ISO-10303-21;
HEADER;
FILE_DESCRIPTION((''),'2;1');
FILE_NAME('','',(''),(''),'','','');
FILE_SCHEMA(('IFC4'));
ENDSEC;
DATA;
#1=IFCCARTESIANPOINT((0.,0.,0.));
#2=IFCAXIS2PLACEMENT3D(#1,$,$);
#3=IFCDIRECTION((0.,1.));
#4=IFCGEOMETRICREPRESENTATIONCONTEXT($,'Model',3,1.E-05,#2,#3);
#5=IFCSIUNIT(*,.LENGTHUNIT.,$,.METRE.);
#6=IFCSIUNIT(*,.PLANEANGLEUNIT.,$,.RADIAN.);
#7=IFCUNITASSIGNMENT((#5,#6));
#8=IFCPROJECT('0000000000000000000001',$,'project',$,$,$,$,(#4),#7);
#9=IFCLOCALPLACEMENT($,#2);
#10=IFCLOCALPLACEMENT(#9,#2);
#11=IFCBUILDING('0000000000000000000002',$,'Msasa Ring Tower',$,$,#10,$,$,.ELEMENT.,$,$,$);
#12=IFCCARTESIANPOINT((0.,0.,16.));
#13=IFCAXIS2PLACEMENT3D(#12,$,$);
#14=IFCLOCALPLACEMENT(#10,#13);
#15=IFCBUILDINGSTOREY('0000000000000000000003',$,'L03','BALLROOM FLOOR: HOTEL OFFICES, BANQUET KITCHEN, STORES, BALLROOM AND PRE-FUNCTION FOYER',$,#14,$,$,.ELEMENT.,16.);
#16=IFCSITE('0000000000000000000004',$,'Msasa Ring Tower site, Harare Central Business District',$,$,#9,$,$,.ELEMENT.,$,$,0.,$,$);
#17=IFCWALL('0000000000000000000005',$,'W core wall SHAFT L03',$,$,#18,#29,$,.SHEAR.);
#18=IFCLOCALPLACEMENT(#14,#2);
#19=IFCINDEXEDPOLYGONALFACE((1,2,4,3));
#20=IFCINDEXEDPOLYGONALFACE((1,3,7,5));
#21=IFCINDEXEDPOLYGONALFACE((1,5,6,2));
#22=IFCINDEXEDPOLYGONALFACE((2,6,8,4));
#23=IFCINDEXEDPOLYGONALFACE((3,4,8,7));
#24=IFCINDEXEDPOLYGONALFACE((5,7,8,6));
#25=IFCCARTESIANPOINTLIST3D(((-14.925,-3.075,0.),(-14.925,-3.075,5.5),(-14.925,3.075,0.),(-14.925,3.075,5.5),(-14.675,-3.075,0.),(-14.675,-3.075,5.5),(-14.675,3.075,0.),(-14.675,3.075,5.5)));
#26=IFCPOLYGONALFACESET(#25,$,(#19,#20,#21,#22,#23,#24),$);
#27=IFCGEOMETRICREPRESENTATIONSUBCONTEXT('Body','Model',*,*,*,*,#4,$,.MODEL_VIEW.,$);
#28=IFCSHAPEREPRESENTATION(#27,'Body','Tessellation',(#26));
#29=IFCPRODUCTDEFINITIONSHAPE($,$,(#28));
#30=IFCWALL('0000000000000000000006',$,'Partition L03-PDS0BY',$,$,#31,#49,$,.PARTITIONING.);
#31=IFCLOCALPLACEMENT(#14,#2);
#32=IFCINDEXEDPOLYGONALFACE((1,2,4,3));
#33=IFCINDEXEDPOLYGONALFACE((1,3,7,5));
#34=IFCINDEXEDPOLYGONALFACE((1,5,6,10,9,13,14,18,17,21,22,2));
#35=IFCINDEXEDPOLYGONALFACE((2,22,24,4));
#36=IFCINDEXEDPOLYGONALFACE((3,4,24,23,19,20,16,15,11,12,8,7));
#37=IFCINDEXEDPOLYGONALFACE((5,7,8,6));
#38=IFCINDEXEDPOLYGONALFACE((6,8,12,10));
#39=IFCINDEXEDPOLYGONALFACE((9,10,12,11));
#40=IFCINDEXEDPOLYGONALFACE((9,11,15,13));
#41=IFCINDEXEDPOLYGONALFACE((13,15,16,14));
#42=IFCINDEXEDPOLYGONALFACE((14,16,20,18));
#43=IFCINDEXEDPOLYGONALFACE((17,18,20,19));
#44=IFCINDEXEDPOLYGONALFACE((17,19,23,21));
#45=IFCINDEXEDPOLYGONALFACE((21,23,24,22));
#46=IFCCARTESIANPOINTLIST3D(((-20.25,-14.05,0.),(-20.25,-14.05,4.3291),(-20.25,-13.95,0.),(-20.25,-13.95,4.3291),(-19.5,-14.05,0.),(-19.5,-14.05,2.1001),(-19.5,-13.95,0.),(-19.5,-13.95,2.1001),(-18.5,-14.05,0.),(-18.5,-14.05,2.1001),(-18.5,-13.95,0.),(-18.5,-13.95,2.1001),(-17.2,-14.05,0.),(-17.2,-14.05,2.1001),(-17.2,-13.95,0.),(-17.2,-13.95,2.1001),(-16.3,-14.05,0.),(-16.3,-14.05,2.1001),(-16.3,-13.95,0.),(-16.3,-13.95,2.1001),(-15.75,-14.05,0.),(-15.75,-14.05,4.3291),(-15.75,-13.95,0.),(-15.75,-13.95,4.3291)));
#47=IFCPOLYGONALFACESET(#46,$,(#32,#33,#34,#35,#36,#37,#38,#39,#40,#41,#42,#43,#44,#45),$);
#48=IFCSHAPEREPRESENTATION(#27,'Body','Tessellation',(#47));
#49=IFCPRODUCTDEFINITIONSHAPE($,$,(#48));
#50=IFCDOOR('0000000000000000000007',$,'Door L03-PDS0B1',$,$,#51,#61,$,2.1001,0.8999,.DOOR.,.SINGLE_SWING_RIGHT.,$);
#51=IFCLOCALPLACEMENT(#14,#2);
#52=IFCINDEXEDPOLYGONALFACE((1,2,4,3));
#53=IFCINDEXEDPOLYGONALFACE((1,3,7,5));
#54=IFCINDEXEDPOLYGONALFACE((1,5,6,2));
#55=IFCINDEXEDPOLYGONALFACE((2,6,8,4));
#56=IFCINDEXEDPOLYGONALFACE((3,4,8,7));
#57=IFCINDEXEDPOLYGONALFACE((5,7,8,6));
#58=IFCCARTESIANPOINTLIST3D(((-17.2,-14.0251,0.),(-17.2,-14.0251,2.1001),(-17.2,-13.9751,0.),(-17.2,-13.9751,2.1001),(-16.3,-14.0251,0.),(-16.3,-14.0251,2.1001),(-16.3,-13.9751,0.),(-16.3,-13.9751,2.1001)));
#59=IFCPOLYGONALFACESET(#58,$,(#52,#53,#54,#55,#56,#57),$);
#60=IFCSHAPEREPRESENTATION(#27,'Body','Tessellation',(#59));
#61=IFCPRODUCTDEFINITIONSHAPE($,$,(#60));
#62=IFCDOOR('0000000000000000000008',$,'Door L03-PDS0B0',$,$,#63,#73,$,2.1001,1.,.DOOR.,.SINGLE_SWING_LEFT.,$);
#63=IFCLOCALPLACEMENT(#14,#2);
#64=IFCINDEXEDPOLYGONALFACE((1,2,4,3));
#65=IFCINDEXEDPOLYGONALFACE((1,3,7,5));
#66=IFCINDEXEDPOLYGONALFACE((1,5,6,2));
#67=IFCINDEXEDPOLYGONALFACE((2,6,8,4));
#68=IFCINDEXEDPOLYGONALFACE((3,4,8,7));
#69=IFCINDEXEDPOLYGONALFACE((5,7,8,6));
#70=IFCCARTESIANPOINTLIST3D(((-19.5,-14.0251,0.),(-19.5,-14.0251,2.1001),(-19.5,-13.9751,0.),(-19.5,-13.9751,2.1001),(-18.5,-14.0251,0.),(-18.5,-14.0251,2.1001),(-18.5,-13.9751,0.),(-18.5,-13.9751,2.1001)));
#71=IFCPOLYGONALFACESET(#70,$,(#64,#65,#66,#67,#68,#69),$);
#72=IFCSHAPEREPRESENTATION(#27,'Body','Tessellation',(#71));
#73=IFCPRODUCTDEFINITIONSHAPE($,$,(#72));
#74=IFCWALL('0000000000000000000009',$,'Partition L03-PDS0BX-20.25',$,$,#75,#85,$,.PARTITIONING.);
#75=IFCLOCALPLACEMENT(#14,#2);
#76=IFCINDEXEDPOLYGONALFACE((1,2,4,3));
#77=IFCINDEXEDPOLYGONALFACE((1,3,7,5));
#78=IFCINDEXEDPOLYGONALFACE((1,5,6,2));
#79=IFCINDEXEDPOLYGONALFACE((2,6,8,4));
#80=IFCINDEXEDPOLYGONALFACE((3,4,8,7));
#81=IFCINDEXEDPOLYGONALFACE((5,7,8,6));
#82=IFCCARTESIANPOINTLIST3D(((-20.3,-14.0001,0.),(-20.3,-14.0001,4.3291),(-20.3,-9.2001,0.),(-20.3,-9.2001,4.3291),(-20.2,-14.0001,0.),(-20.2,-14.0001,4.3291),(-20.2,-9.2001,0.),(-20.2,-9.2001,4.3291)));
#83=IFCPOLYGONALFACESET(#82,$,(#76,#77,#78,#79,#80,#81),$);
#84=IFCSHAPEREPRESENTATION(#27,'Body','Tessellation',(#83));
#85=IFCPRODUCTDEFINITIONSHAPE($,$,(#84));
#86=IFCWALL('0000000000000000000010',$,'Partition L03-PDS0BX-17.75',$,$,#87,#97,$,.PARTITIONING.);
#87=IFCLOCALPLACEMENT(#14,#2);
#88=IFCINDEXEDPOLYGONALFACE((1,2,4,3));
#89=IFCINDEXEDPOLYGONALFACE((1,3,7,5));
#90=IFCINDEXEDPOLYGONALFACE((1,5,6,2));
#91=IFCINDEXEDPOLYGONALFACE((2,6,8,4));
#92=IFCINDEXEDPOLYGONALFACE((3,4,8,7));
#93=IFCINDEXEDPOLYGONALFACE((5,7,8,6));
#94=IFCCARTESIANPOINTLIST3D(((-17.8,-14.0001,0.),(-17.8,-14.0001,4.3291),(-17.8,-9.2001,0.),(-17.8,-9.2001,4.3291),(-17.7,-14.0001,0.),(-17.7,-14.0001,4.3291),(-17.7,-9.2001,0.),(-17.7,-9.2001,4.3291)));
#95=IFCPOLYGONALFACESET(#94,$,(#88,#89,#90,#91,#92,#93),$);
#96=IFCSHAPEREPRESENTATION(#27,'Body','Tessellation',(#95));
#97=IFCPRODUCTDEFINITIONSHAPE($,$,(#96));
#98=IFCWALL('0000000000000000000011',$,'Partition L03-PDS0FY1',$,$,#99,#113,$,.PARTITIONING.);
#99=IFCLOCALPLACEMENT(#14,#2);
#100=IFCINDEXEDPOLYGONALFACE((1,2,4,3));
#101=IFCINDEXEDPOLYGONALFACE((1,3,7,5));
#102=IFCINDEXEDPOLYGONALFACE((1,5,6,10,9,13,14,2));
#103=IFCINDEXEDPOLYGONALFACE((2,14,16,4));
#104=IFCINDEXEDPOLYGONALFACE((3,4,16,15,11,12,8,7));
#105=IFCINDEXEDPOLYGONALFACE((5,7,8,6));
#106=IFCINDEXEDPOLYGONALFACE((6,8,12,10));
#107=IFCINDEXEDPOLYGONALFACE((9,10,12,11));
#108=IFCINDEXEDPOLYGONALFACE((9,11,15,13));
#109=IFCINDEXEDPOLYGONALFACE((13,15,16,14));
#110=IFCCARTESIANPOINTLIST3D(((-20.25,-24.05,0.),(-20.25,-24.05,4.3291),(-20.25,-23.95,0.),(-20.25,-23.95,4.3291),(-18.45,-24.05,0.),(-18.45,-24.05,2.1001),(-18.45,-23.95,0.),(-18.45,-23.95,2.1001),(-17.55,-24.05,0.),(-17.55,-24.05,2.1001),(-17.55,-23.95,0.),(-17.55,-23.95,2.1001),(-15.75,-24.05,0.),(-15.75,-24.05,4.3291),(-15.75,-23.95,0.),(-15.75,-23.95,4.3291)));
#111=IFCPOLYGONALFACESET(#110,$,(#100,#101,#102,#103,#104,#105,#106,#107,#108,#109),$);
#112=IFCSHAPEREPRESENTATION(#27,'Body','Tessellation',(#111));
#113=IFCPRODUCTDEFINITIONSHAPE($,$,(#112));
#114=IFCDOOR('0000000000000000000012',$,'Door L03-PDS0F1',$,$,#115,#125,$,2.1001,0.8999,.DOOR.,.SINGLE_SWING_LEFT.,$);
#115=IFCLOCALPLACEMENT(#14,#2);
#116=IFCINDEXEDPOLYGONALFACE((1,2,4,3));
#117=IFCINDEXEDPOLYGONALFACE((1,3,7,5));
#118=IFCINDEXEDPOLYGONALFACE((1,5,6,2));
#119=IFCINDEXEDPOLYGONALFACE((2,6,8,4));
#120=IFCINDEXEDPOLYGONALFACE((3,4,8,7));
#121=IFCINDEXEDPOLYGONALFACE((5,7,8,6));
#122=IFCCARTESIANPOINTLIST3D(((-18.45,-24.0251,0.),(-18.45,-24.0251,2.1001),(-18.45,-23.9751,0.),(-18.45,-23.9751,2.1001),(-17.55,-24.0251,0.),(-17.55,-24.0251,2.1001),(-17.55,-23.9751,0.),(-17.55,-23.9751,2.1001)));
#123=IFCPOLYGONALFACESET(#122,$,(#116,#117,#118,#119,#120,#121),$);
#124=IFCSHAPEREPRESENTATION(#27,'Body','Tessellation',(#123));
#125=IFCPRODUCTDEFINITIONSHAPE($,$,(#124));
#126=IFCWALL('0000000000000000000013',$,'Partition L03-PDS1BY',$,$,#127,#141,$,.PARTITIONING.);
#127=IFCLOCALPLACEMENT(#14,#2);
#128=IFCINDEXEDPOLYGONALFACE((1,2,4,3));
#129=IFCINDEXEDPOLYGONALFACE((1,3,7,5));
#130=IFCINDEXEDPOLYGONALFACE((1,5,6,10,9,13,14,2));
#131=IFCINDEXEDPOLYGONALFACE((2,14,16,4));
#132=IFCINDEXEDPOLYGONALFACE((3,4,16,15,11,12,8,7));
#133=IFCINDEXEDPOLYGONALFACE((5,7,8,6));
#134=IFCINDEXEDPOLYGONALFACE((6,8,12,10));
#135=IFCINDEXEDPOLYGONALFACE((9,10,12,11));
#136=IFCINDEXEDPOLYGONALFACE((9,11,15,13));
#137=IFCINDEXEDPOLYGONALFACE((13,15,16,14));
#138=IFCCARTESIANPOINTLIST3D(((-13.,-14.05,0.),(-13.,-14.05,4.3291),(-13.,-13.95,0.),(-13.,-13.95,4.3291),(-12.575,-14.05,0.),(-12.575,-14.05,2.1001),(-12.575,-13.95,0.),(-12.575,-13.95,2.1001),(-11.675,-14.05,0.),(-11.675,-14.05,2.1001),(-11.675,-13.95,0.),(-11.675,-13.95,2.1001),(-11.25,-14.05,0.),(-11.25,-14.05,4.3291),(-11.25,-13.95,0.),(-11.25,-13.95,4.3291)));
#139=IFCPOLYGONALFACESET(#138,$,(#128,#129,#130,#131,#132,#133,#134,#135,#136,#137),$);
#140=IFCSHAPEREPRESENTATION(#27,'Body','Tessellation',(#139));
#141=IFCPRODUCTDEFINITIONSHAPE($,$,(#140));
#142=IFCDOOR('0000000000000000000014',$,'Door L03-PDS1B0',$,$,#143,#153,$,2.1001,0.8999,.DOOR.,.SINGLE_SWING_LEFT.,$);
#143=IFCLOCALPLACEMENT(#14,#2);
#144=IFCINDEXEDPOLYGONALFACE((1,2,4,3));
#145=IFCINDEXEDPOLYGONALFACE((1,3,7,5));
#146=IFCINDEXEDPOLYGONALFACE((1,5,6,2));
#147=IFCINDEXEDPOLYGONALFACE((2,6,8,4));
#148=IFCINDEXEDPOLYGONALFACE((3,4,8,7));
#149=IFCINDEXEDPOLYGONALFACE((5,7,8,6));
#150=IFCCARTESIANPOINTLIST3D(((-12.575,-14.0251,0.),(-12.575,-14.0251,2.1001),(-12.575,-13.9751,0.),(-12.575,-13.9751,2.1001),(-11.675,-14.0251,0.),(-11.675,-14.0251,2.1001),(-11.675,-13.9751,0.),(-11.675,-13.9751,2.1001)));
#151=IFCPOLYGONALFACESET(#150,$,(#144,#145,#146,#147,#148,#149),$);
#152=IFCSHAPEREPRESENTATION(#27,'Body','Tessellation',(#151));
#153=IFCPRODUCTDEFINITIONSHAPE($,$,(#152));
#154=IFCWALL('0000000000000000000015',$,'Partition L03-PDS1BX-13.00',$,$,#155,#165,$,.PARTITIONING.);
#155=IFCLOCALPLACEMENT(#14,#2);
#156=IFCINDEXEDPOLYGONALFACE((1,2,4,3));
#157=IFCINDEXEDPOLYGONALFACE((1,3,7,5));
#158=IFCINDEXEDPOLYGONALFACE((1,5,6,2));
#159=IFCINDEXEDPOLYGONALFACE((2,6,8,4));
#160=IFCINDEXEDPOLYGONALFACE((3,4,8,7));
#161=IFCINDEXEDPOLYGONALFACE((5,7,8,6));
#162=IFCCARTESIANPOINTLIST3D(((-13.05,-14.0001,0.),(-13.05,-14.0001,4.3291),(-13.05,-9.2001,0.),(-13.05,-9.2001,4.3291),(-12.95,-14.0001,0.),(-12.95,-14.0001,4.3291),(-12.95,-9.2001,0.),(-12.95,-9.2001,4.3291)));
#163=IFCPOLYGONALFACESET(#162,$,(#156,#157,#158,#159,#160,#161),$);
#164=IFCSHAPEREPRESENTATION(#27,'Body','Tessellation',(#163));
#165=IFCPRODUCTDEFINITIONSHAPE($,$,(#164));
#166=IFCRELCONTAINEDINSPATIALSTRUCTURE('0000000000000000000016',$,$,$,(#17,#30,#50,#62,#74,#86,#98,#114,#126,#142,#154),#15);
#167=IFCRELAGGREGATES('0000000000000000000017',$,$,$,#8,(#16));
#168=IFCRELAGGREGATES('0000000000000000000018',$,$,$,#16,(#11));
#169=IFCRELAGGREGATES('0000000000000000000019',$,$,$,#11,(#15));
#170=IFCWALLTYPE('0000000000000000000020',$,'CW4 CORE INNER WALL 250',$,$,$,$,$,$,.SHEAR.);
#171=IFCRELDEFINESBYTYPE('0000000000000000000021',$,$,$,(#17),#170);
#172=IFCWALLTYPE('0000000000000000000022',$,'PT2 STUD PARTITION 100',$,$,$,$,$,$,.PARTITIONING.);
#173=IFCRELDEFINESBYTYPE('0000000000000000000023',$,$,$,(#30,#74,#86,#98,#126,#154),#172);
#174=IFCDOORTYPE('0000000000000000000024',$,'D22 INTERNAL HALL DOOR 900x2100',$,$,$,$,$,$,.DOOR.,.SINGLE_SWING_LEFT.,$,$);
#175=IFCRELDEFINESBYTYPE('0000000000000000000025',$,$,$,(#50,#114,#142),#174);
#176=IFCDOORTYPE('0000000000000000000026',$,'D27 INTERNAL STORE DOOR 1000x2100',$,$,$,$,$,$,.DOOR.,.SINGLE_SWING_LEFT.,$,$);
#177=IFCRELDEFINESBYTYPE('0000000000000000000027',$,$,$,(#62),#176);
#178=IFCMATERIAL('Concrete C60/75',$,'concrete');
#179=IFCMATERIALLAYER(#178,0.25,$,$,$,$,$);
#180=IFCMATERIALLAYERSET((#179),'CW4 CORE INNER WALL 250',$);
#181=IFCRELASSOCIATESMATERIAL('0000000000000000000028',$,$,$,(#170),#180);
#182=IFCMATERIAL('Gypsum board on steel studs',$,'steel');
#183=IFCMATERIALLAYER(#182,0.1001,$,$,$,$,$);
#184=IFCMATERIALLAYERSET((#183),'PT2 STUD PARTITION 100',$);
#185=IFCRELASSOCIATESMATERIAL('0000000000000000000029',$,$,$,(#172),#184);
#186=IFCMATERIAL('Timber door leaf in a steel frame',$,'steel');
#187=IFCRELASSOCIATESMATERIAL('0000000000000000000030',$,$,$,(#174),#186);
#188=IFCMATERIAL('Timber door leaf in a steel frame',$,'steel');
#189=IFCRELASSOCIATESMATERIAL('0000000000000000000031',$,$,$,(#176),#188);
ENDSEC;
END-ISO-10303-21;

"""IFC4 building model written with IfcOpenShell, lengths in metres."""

from ifc_helpers import new_model, si_unit, direction, frame, frame_2d, origin, place, context, subcontext, project, spatial, rectangle, extrude, material, layer, layer_set, type_object, element, fill, save


model = new_model("IFC4")

# Units and contexts
model_context = context("Model", 3, precision=1e-05, world=origin(), true_north=direction((0.0, 1.0)))
body_context = subcontext(model_context, "Body", "Model", "MODEL_VIEW")
ifc_project = project(units=[si_unit("LENGTHUNIT", "METRE"), si_unit("PLANEANGLEUNIT", "RADIAN")], contexts=[model_context])

# Site, building, storey
site_placement = place(None, origin())
site = spatial("IfcSite", under=ifc_project, at=site_placement, Name="Msasa Ring Tower site, Harare Central Business District", CompositionType="ELEMENT", RefElevation=0.0)
building_placement = place(site_placement, origin())
building = spatial("IfcBuilding", under=site, at=building_placement, Name="Msasa Ring Tower", CompositionType="ELEMENT")
storey_placement = place(building_placement, frame((0.0, 0.0, 16.0)))
storey = spatial("IfcBuildingStorey", under=building, at=storey_placement, Name="L03", Description="BALLROOM FLOOR: HOTEL OFFICES, BANQUET KITCHEN, STORES, BALLROOM AND PRE-FUNCTION FOYER", CompositionType="ELEMENT", Elevation=16.0)

# Shared definitions
ifc_material_1 = material(Name="Concrete C60/75", Category="concrete")
ifc_layer_1 = layer(ifc_material_1, 0.25)
ifc_layer_set_1 = layer_set([ifc_layer_1], Name="CW4 CORE INNER WALL 250")
wall_type_1 = type_object("IfcWallType", Name="CW4 CORE INNER WALL 250", PredefinedType="SHEAR", material=ifc_layer_set_1)

# Wall
wall_1_placement = place(storey_placement, frame((-14.8, -3.075, 0.0), z_axis=(0.0, 0.0, 1.0), x_axis=(0.0, 1.0, 0.0)))
element("IfcWall", 1, at=wall_1_placement, inside=storey, type_object=wall_type_1, Name="W core wall SHAFT L03", PredefinedType="SHEAR", context=body_context, shape_type="SweptSolid", body=[
    extrude(rectangle(XDim=6.1499, YDim=0.25, at=frame_2d((3.075, 0.0))), origin(), (0.0, 0.0, 1.0), 5.5),
])

# Wall, openings, doors
ifc_material_2 = material(Name="Gypsum board on steel studs", Category="steel")
ifc_layer_2 = layer(ifc_material_2, 0.1001)
ifc_layer_set_2 = layer_set([ifc_layer_2], Name="PT2 STUD PARTITION 100")
wall_type_2 = type_object("IfcWallType", Name="PT2 STUD PARTITION 100", PredefinedType="PARTITIONING", material=ifc_layer_set_2)
wall_2_placement = place(storey_placement, frame((-20.25, -14.0, 0.0), z_axis=(0.0, 0.0, 1.0), x_axis=(1.0, 0.0, 0.0)))
wall_2 = element("IfcWall", 2, at=wall_2_placement, inside=storey, type_object=wall_type_2, Name="Partition L03-PDS0BY", PredefinedType="PARTITIONING", context=body_context, shape_type="SweptSolid", body=[
    extrude(rectangle(XDim=4.5, YDim=0.1001, at=frame_2d((2.25, 0.0))), origin(), (0.0, 0.0, 1.0), 4.3291),
])
opening_1_placement = place(wall_2_placement, frame((0.75, 0.0, 0.0)))
opening_1 = element("IfcOpeningElement", 3, at=opening_1_placement, cuts=wall_2, PredefinedType="OPENING", context=body_context, shape_type="SweptSolid", body=[
    extrude(rectangle(XDim=1.0, YDim=2.1001, at=frame_2d((0.5, 1.05))), frame((0.0, 0.0601, 0.0), z_axis=(0.0, -1.0, 0.0), x_axis=(1.0, 0.0, 0.0)), (0.0, 0.0, 1.0), 0.1201),
])
opening_2_placement = place(wall_2_placement, frame((3.05, 0.0, 0.0)))
opening_2 = element("IfcOpeningElement", 4, at=opening_2_placement, cuts=wall_2, PredefinedType="OPENING", context=body_context, shape_type="SweptSolid", body=[
    extrude(rectangle(XDim=0.8999, YDim=2.1001, at=frame_2d((0.45, 1.05))), frame((0.0, 0.0601, 0.0), z_axis=(0.0, -1.0, 0.0), x_axis=(1.0, 0.0, 0.0)), (0.0, 0.0, 1.0), 0.1201),
])
ifc_material_3 = material(Name="Timber door leaf in a steel frame", Category="steel")
door_type_1 = type_object("IfcDoorType", Name="D22 INTERNAL HALL DOOR 900x2100", OperationType="SINGLE_SWING_LEFT", PredefinedType="DOOR", material=ifc_material_3)
door_1_placement = place(opening_2_placement, origin())
door_1 = element("IfcDoor", 5, at=door_1_placement, inside=storey, type_object=door_type_1, Name="Door L03-PDS0B1", OperationType="SINGLE_SWING_RIGHT", OverallHeight=2.1001, OverallWidth=0.8999, PredefinedType="DOOR", context=body_context, shape_type="SweptSolid", body=[
    extrude(rectangle(XDim=0.8999, YDim=2.1001, at=frame_2d((0.45, 1.05))), frame((0.0, 0.0249, 0.0), z_axis=(0.0, -1.0, 0.0), x_axis=(1.0, 0.0, 0.0)), (0.0, 0.0, 1.0), 0.05),
])
fill(opening_2, door_1)
ifc_material_4 = material(Name="Timber door leaf in a steel frame", Category="steel")
door_type_2 = type_object("IfcDoorType", Name="D27 INTERNAL STORE DOOR 1000x2100", OperationType="SINGLE_SWING_LEFT", PredefinedType="DOOR", material=ifc_material_4)
door_2_placement = place(opening_1_placement, origin())
door_2 = element("IfcDoor", 6, at=door_2_placement, inside=storey, type_object=door_type_2, Name="Door L03-PDS0B0", OperationType="SINGLE_SWING_LEFT", OverallHeight=2.1001, OverallWidth=1.0, PredefinedType="DOOR", context=body_context, shape_type="SweptSolid", body=[
    extrude(rectangle(XDim=1.0, YDim=2.1001, at=frame_2d((0.5, 1.05))), frame((0.0, 0.0249, 0.0), z_axis=(0.0, -1.0, 0.0), x_axis=(1.0, 0.0, 0.0)), (0.0, 0.0, 1.0), 0.05),
])
fill(opening_1, door_2)

# Walls
for number, where, z_axis, x_axis, name in (
    (7, (-20.25, -14.0, 0.0), (0.0, 0.0, 1.0), (0.0, 1.0, 0.0), "Partition L03-PDS0BX-20.25"),
    (8, (-17.75, -14.0, 0.0), (0.0, 0.0, 1.0), (0.0, 1.0, 0.0), "Partition L03-PDS0BX-17.75"),
):
    element("IfcWall", number, at=place(storey_placement, frame(where, z_axis=z_axis, x_axis=x_axis)), inside=storey, type_object=wall_type_2, Name=name, PredefinedType="PARTITIONING", context=body_context, shape_type="SweptSolid", body=[
        extrude(rectangle(XDim=4.8, YDim=0.1001, at=frame_2d((2.3999, 0.0))), origin(), (0.0, 0.0, 1.0), 4.3291),
    ])

# Walls, openings, doors
wall_3_placement = place(storey_placement, frame((-20.25, -24.0, 0.0), z_axis=(0.0, 0.0, 1.0), x_axis=(1.0, 0.0, 0.0)))
wall_3 = element("IfcWall", 9, at=wall_3_placement, inside=storey, type_object=wall_type_2, Name="Partition L03-PDS0FY1", PredefinedType="PARTITIONING", context=body_context, shape_type="SweptSolid", body=[
    extrude(rectangle(XDim=4.5, YDim=0.1001, at=frame_2d((2.25, 0.0))), origin(), (0.0, 0.0, 1.0), 4.3291),
])
opening_3_placement = place(wall_3_placement, frame((1.8, 0.0, 0.0)))
opening_3 = element("IfcOpeningElement", 10, at=opening_3_placement, cuts=wall_3, PredefinedType="OPENING", context=body_context, shape_type="SweptSolid", body=[
    extrude(rectangle(XDim=0.8999, YDim=2.1001, at=frame_2d((0.45, 1.05))), frame((0.0, 0.0601, 0.0), z_axis=(0.0, -1.0, 0.0), x_axis=(1.0, 0.0, 0.0)), (0.0, 0.0, 1.0), 0.1201),
])
door_3_placement = place(opening_3_placement, origin())
door_3 = element("IfcDoor", 11, at=door_3_placement, inside=storey, type_object=door_type_1, Name="Door L03-PDS0F1", OperationType="SINGLE_SWING_LEFT", OverallHeight=2.1001, OverallWidth=0.8999, PredefinedType="DOOR", context=body_context, shape_type="SweptSolid", body=[
    extrude(rectangle(XDim=0.8999, YDim=2.1001, at=frame_2d((0.45, 1.05))), frame((0.0, 0.0249, 0.0), z_axis=(0.0, -1.0, 0.0), x_axis=(1.0, 0.0, 0.0)), (0.0, 0.0, 1.0), 0.05),
])
fill(opening_3, door_3)
wall_4_placement = place(storey_placement, frame((-13.0, -14.0, 0.0), z_axis=(0.0, 0.0, 1.0), x_axis=(1.0, 0.0, 0.0)))
wall_4 = element("IfcWall", 12, at=wall_4_placement, inside=storey, type_object=wall_type_2, Name="Partition L03-PDS1BY", PredefinedType="PARTITIONING", context=body_context, shape_type="SweptSolid", body=[
    extrude(rectangle(XDim=1.75, YDim=0.1001, at=frame_2d((0.875, 0.0))), origin(), (0.0, 0.0, 1.0), 4.3291),
])
opening_4_placement = place(wall_4_placement, frame((0.425, 0.0, 0.0)))
opening_4 = element("IfcOpeningElement", 13, at=opening_4_placement, cuts=wall_4, PredefinedType="OPENING", context=body_context, shape_type="SweptSolid", body=[
    extrude(rectangle(XDim=0.8999, YDim=2.1001, at=frame_2d((0.45, 1.05))), frame((0.0, 0.0601, 0.0), z_axis=(0.0, -1.0, 0.0), x_axis=(1.0, 0.0, 0.0)), (0.0, 0.0, 1.0), 0.1201),
])
door_4_placement = place(opening_4_placement, origin())
door_4 = element("IfcDoor", 14, at=door_4_placement, inside=storey, type_object=door_type_1, Name="Door L03-PDS1B0", OperationType="SINGLE_SWING_LEFT", OverallHeight=2.1001, OverallWidth=0.8999, PredefinedType="DOOR", context=body_context, shape_type="SweptSolid", body=[
    extrude(rectangle(XDim=0.8999, YDim=2.1001, at=frame_2d((0.45, 1.05))), frame((0.0, 0.0249, 0.0), z_axis=(0.0, -1.0, 0.0), x_axis=(1.0, 0.0, 0.0)), (0.0, 0.0, 1.0), 0.05),
])
fill(opening_4, door_4)

# Wall
wall_5_placement = place(storey_placement, frame((-13.0, -14.0, 0.0), z_axis=(0.0, 0.0, 1.0), x_axis=(0.0, 1.0, 0.0)))
element("IfcWall", 15, at=wall_5_placement, inside=storey, type_object=wall_type_2, Name="Partition L03-PDS1BX-13.00", PredefinedType="PARTITIONING", context=body_context, shape_type="SweptSolid", body=[
    extrude(rectangle(XDim=4.8, YDim=0.1001, at=frame_2d((2.3999, 0.0))), origin(), (0.0, 0.0, 1.0), 4.3291),
])

save(model, "model.ifc")
